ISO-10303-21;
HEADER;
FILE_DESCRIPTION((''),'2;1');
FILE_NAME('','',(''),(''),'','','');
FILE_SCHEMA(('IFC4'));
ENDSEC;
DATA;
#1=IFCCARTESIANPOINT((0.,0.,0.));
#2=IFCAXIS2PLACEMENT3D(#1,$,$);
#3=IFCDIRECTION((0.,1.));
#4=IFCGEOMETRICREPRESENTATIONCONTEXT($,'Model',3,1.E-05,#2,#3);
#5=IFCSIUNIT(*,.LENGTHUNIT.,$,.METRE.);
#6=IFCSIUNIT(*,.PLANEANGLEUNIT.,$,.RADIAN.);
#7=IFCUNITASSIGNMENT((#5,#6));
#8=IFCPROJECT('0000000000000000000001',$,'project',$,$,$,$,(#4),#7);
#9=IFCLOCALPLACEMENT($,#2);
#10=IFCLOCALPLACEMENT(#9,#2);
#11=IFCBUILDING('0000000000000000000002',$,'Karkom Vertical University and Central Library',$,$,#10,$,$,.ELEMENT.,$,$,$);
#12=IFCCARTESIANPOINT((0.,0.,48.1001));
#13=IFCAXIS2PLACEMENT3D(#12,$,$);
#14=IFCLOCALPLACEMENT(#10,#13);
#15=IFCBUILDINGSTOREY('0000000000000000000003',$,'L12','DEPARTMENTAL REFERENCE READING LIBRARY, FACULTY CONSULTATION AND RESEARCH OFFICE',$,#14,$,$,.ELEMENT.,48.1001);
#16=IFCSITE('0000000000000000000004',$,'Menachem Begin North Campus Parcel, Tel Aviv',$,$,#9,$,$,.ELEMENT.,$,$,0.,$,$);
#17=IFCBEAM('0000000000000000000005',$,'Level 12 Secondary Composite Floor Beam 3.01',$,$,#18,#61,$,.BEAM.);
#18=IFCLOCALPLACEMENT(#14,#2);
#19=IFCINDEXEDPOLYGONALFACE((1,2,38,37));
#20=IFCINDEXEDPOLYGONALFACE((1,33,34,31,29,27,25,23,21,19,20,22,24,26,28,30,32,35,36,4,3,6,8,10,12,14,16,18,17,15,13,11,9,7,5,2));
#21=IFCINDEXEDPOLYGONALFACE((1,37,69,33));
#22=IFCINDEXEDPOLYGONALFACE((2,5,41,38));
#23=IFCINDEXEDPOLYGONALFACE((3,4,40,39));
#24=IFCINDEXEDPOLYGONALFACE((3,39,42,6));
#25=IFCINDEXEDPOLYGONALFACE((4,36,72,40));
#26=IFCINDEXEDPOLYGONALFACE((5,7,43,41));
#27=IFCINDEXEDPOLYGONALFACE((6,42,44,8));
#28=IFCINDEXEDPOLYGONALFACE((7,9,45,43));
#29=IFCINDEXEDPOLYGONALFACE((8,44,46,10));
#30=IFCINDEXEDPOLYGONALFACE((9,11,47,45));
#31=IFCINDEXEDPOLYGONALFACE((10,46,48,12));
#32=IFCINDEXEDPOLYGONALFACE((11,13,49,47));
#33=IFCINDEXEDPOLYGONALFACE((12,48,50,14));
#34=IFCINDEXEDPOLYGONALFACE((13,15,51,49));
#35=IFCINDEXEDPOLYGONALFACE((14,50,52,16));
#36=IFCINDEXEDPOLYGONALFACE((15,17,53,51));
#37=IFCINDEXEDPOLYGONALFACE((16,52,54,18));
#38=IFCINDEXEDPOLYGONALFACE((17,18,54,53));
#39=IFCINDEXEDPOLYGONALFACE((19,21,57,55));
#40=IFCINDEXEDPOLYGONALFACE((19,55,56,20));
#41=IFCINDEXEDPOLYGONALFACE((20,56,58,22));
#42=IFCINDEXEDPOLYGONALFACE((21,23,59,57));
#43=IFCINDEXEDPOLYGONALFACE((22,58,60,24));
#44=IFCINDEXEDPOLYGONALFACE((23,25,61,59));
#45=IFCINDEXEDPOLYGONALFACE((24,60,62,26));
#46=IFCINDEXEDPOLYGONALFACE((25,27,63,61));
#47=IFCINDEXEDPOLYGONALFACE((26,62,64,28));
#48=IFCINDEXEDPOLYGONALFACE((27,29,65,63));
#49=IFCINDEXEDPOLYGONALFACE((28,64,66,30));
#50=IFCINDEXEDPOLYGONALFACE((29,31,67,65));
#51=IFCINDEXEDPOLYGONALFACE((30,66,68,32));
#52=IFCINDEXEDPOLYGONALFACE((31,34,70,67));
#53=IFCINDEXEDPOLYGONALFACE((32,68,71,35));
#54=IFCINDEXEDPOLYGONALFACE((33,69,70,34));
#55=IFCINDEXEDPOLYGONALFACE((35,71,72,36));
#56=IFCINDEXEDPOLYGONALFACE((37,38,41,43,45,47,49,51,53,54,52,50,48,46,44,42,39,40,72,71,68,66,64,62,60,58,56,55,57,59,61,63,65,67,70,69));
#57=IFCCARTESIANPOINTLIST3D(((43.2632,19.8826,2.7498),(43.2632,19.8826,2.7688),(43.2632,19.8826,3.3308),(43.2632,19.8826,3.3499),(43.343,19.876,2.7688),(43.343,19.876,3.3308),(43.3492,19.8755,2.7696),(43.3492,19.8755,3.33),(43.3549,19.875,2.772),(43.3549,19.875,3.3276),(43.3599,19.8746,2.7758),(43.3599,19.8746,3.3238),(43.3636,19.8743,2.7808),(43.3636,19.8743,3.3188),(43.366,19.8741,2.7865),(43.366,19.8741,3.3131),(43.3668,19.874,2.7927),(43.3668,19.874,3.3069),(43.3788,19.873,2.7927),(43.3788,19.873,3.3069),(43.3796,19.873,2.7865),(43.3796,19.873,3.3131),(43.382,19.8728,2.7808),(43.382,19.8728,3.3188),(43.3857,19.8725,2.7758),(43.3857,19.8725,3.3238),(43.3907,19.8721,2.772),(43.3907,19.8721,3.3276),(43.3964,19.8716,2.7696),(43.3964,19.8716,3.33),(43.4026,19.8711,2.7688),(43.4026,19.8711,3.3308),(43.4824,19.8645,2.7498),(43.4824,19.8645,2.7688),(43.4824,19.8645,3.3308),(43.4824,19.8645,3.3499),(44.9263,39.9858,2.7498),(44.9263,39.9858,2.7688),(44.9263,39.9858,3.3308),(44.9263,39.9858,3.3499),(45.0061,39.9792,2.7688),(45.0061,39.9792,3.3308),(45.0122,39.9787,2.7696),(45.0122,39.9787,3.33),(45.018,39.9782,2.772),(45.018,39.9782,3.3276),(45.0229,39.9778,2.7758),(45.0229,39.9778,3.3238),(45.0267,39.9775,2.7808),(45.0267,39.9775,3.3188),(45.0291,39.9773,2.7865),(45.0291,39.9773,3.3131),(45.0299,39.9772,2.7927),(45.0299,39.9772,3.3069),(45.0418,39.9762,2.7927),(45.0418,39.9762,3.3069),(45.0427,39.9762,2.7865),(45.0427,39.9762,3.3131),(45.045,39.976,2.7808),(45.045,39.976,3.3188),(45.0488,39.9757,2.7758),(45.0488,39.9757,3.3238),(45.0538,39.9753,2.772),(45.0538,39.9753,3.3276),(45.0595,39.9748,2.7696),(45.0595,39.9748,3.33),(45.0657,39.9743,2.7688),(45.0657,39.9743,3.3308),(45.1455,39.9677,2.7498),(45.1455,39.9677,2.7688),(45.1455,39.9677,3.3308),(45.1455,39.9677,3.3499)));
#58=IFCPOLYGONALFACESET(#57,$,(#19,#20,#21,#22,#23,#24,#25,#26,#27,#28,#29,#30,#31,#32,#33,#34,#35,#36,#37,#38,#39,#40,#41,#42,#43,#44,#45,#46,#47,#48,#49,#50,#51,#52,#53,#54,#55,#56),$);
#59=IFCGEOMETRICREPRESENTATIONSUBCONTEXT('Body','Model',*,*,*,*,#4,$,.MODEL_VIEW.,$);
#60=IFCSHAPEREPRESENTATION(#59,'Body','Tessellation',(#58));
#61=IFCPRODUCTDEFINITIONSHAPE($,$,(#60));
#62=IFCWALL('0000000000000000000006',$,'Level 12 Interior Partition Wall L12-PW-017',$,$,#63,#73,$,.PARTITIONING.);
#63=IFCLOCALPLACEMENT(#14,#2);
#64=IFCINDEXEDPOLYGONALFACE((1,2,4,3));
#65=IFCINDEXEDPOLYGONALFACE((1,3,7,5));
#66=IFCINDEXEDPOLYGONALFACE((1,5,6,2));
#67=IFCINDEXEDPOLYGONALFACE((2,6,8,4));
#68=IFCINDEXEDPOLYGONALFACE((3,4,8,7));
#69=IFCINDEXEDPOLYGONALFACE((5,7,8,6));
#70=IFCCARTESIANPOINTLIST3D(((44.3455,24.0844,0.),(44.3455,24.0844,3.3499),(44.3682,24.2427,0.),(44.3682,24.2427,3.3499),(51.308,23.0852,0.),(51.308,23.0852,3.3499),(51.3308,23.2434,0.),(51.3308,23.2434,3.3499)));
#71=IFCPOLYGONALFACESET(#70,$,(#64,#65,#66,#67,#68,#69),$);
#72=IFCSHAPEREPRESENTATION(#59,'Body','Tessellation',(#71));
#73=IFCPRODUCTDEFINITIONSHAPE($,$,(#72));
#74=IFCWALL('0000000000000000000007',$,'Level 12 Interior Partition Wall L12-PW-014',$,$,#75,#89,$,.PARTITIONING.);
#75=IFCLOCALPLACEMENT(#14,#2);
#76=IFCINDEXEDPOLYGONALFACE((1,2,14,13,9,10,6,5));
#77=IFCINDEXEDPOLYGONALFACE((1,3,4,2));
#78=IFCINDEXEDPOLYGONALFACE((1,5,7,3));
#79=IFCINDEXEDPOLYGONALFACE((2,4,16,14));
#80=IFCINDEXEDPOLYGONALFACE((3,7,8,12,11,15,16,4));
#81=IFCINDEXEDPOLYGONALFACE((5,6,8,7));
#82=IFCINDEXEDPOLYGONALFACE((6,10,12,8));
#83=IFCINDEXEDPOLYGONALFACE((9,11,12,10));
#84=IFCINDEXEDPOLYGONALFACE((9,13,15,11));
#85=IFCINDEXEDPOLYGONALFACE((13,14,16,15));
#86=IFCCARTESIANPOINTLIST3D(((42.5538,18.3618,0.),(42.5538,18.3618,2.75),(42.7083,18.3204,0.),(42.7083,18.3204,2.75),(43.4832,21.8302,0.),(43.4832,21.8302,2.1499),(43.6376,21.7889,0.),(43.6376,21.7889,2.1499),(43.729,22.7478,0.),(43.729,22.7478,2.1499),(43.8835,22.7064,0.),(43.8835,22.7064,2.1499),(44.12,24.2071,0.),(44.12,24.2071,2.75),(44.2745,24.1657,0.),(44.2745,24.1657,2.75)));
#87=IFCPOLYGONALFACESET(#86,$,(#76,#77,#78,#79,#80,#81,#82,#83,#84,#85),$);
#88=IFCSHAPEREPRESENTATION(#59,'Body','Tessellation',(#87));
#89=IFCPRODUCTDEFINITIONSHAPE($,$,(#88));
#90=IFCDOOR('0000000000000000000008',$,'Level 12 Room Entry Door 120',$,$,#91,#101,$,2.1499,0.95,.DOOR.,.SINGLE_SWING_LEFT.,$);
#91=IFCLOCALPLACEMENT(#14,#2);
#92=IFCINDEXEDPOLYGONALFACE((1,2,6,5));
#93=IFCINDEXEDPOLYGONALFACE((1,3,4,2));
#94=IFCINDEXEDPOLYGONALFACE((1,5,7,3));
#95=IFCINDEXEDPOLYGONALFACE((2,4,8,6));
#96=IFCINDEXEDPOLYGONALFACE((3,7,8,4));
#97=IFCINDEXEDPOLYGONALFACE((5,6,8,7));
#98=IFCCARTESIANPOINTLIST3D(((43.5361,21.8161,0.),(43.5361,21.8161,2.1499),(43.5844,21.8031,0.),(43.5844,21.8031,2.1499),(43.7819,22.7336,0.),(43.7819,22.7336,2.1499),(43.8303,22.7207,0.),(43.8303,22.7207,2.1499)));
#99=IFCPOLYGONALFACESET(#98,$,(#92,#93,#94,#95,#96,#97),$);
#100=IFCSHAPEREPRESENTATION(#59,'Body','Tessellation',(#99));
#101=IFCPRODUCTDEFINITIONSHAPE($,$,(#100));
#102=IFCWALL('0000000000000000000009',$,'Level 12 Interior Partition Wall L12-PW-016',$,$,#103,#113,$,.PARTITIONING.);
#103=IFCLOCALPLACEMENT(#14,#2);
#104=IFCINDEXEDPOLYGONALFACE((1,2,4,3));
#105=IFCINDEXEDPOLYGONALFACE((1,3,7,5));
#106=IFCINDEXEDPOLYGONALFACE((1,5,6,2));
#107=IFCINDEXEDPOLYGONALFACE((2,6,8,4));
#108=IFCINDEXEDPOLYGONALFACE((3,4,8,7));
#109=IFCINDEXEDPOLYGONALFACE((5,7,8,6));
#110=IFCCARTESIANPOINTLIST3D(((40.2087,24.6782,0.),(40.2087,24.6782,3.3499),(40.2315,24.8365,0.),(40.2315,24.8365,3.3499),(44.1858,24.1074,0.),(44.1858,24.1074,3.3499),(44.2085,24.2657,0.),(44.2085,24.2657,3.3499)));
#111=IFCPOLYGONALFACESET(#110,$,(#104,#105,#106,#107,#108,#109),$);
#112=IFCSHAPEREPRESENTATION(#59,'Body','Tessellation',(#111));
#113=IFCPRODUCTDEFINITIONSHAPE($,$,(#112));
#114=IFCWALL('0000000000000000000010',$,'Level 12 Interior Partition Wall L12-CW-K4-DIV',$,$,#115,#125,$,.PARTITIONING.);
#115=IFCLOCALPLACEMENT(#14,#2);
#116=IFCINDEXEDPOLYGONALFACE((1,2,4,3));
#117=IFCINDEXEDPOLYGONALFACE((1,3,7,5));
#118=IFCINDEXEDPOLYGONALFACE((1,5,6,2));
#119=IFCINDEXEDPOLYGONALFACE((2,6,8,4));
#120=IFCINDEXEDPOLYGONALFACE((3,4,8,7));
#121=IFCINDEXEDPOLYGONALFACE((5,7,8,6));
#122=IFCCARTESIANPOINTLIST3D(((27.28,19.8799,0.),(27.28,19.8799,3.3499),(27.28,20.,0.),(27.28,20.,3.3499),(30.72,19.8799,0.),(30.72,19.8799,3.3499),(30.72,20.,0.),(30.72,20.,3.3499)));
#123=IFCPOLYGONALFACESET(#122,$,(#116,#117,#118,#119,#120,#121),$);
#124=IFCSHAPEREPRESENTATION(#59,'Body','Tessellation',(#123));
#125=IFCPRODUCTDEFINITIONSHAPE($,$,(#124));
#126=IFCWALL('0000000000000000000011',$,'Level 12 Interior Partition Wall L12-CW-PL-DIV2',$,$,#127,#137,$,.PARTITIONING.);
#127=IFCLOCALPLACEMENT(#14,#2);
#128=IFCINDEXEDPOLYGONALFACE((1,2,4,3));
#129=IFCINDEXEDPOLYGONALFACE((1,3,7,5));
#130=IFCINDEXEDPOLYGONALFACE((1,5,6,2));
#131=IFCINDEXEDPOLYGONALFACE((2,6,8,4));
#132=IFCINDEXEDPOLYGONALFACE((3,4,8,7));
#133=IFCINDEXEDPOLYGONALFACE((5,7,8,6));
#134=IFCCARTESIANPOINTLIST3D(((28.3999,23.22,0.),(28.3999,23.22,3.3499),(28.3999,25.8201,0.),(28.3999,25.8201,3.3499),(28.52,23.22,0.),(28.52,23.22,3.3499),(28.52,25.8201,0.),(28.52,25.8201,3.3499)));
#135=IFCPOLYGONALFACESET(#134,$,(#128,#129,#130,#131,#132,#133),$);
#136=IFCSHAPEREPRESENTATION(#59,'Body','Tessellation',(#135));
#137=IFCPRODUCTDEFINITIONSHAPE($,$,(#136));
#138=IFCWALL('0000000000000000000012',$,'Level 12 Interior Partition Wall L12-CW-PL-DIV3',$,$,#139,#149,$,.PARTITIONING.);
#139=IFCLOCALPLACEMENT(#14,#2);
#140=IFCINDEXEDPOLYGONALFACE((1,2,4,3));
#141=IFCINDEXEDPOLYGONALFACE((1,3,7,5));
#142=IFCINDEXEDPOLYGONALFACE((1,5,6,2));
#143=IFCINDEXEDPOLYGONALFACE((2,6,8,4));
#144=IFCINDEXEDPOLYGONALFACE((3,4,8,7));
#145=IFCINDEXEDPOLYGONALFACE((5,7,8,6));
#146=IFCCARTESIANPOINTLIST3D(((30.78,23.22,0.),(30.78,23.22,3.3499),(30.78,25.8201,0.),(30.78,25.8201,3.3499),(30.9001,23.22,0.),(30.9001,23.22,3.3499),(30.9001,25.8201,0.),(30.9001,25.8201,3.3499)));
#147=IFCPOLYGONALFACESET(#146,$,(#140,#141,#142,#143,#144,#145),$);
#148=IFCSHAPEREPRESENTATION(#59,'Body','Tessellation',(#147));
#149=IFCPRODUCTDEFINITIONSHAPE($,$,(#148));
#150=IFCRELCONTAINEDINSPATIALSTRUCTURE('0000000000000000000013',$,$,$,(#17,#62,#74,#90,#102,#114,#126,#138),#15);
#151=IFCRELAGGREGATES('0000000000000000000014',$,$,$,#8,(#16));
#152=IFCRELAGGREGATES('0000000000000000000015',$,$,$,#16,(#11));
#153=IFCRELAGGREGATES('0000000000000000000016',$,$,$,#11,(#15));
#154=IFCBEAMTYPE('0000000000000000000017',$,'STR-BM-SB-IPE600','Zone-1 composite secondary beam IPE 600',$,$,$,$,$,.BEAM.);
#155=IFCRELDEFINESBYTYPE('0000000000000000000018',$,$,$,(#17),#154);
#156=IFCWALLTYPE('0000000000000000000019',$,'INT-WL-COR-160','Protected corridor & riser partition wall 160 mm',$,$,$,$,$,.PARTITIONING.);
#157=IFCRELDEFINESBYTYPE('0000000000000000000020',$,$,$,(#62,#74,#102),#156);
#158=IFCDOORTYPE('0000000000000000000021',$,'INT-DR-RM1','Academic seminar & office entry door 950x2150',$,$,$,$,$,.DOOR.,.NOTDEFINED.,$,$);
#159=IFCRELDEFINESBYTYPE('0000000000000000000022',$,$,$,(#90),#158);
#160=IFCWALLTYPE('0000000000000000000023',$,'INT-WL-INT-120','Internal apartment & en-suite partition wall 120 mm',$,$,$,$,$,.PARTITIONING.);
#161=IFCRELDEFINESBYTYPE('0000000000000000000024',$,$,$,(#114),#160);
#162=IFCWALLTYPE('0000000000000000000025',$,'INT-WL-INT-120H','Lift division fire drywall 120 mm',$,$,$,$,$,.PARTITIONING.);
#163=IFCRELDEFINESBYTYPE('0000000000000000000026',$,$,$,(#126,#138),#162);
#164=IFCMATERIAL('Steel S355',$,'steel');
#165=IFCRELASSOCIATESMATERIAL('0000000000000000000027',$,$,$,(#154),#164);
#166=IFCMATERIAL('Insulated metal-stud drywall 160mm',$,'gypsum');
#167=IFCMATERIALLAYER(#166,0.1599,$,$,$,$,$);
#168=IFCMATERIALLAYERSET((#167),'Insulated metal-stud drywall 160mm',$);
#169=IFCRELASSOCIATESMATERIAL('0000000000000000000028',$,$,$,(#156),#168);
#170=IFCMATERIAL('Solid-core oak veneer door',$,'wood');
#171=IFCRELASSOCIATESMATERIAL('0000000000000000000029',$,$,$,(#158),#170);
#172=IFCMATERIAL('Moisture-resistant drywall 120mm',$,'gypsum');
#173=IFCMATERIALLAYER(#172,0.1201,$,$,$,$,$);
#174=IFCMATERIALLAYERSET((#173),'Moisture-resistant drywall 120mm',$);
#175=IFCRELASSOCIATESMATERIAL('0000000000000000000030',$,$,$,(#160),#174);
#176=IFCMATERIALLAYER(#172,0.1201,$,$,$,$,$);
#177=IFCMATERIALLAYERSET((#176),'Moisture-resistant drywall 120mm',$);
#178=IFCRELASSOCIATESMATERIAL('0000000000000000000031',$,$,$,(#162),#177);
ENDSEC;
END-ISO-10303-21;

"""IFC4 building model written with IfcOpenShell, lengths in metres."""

from ifc_helpers import new_model, si_unit, direction, frame, frame_2d, origin, origin_with_axes, origin_2d, place, context, subcontext, project, spatial, rectangle, i_section, extrude, source, transform, mapped, material, layer, layer_set, material_profile, profile_set, type_object, element, fill, save


model = new_model("IFC4")

# Units and contexts
model_context = context("Model", 3, precision=1e-05, world=origin(), true_north=direction((0.0, 1.0)))
body_context = subcontext(model_context, "Body", "Model", "MODEL_VIEW")
ifc_project = project(units=[si_unit("LENGTHUNIT", "METRE"), si_unit("PLANEANGLEUNIT", "RADIAN")], contexts=[model_context])

# Site, building, storey
site_placement = place(None, origin())
site = spatial("IfcSite", under=ifc_project, at=site_placement, Name="Menachem Begin North Campus Parcel, Tel Aviv", CompositionType="ELEMENT", RefElevation=0.0)
building_placement = place(site_placement, origin())
building = spatial("IfcBuilding", under=site, at=building_placement, Name="Karkom Vertical University and Central Library", CompositionType="ELEMENT")
storey_placement = place(building_placement, frame((0.0, 0.0, 48.1001)))
storey = spatial("IfcBuildingStorey", under=building, at=storey_placement, Name="L12", Description="DEPARTMENTAL REFERENCE READING LIBRARY, FACULTY CONSULTATION AND RESEARCH OFFICE", CompositionType="ELEMENT", Elevation=48.1001)

# Beam
ifc_material_1 = material(Name="Steel S355", Category="steel")
ifc_material_profile_1 = material_profile(ifc_material_1, i_section(OverallWidth=0.22, OverallDepth=0.6001, WebThickness=0.012, FlangeThickness=0.019, FilletRadius=0.0239, at=origin_2d()), Name="IPE 600")
ifc_profile_set_1 = profile_set([ifc_material_profile_1], Name="Steel S355")
beam_type_1 = type_object("IfcBeamType", Name="STR-BM-SB-IPE600", Description="Zone-1 composite secondary beam IPE 600", PredefinedType="BEAM", material=ifc_profile_set_1)
shared_shape_1 = source(origin_with_axes(), body_context, "Body", "SweptSolid", [
    extrude(i_section(OverallWidth=0.22, OverallDepth=0.6001, WebThickness=0.012, FlangeThickness=0.019, FilletRadius=0.0239, at=origin_2d()), origin(), (0.0, 0.0, 1.0), 20.1719),
])
beam_1_placement = place(storey_placement, frame((43.3728, 19.8735, 3.0498), z_axis=(0.082445, 0.996596, 0.0), x_axis=(-0.996596, 0.082445, 0.0)))
element("IfcBeam", 1, at=beam_1_placement, inside=storey, type_object=beam_type_1, Name="Level 12 Secondary Composite Floor Beam 3.01", PredefinedType="BEAM", context=body_context, shape_type="MappedRepresentation", body=[
    mapped(shared_shape_1, transform((0.0, 0.0, 0.0), scale=1.0)),
])

# Wall
ifc_material_2 = material(Name="Insulated metal-stud drywall 160mm", Category="gypsum")
ifc_layer_1 = layer(ifc_material_2, 0.1599)
ifc_layer_set_1 = layer_set([ifc_layer_1], Name="Insulated metal-stud drywall 160mm")
wall_type_1 = type_object("IfcWallType", Name="INT-WL-COR-160", Description="Protected corridor & riser partition wall 160 mm", PredefinedType="PARTITIONING", material=ifc_layer_set_1)
wall_1_placement = place(storey_placement, frame((44.3567, 24.1636, 0.0), z_axis=(0.0, 0.0, 1.0), x_axis=(0.989858, -0.142063, 0.0)))
element("IfcWall", 2, at=wall_1_placement, inside=storey, type_object=wall_type_1, Name="Level 12 Interior Partition Wall L12-PW-017", PredefinedType="PARTITIONING", context=body_context, shape_type="SweptSolid", body=[
    extrude(rectangle(XDim=7.0339, YDim=0.1599, at=frame_2d((3.5171, 0.0))), origin(), (0.0, 0.0, 1.0), 3.3499),
])

# Wall, opening, door
wall_2_placement = place(storey_placement, frame((44.1973, 24.1865, 0.0), z_axis=(0.0, 0.0, 1.0), x_axis=(-0.25881, -0.965928, 0.0)))
wall_2 = element("IfcWall", 3, at=wall_2_placement, inside=storey, type_object=wall_type_1, Name="Level 12 Interior Partition Wall L12-PW-014", PredefinedType="PARTITIONING", context=body_context, shape_type="SweptSolid", body=[
    extrude(rectangle(XDim=6.0515, YDim=0.1599, at=frame_2d((3.0259, 0.0))), origin(), (0.0, 0.0, 1.0), 2.75),
])
opening_1_placement = place(wall_2_placement, frame((1.5107, 0.0, 0.0)))
opening_1 = element("IfcOpeningElement", 4, at=opening_1_placement, cuts=wall_2, PredefinedType="OPENING", context=body_context, shape_type="SweptSolid", body=[
    extrude(rectangle(XDim=0.95, YDim=2.1499, at=frame_2d((0.4751, 1.075))), frame((0.0, 0.0898, 0.0), z_axis=(0.0, -1.0, 0.0), x_axis=(1.0, 0.0, 0.0)), (0.0, 0.0, 1.0), 0.1799),
])
ifc_material_3 = material(Name="Solid-core oak veneer door", Category="wood")
door_type_1 = type_object("IfcDoorType", Name="INT-DR-RM1", Description="Academic seminar & office entry door 950x2150", OperationType="NOTDEFINED", PredefinedType="DOOR", material=ifc_material_3)
shared_shape_2 = source(origin_with_axes(), body_context, "Body", "SweptSolid", [
    extrude(rectangle(XDim=0.95, YDim=2.1499, at=frame_2d((0.4751, 1.075))), frame((0.0, 0.0249, 0.0), z_axis=(0.0, -1.0, 0.0), x_axis=(1.0, 0.0, 0.0)), (0.0, 0.0, 1.0), 0.05),
])
door_1_placement = place(opening_1_placement, origin())
door_1 = element("IfcDoor", 5, at=door_1_placement, inside=storey, type_object=door_type_1, Name="Level 12 Room Entry Door 120", OperationType="SINGLE_SWING_LEFT", OverallHeight=2.1499, OverallWidth=0.95, PredefinedType="DOOR", context=body_context, shape_type="MappedRepresentation", body=[
    mapped(shared_shape_2, transform((0.0, 0.0, 0.0), scale=1.0)),
])
fill(opening_1, door_1)

# Walls
wall_3_placement = place(storey_placement, frame((40.2202, 24.7573, 0.0), z_axis=(0.0, 0.0, 1.0), x_axis=(0.989857, -0.142068, 0.0)))
element("IfcWall", 6, at=wall_3_placement, inside=storey, type_object=wall_type_1, Name="Level 12 Interior Partition Wall L12-PW-016", PredefinedType="PARTITIONING", context=body_context, shape_type="SweptSolid", body=[
    extrude(rectangle(XDim=4.0178, YDim=0.1599, at=frame_2d((2.0088, 0.0))), origin(), (0.0, 0.0, 1.0), 3.3499),
])
ifc_material_4 = material(Name="Moisture-resistant drywall 120mm", Category="gypsum")
ifc_layer_2 = layer(ifc_material_4, 0.1201)
ifc_layer_set_2 = layer_set([ifc_layer_2], Name="Moisture-resistant drywall 120mm")
wall_type_2 = type_object("IfcWallType", Name="INT-WL-INT-120", Description="Internal apartment & en-suite partition wall 120 mm", PredefinedType="PARTITIONING", material=ifc_layer_set_2)
wall_4_placement = place(storey_placement, frame((27.28, 19.9399, 0.0), z_axis=(0.0, 0.0, 1.0), x_axis=(1.0, 0.0, 0.0)))
element("IfcWall", 7, at=wall_4_placement, inside=storey, type_object=wall_type_2, Name="Level 12 Interior Partition Wall L12-CW-K4-DIV", PredefinedType="PARTITIONING", context=body_context, shape_type="SweptSolid", body=[
    extrude(rectangle(XDim=3.4399, YDim=0.1201, at=frame_2d((1.72, 0.0))), origin(), (0.0, 0.0, 1.0), 3.3499),
])
ifc_layer_3 = layer(ifc_material_4, 0.1201)
ifc_layer_set_3 = layer_set([ifc_layer_3], Name="Moisture-resistant drywall 120mm")
wall_type_3 = type_object("IfcWallType", Name="INT-WL-INT-120H", Description="Lift division fire drywall 120 mm", PredefinedType="PARTITIONING", material=ifc_layer_set_3)
for number, where, z_axis, x_axis, name in (
    (8, (28.46, 23.22, 0.0), (0.0, 0.0, 1.0), (0.0, 1.0, 0.0), "Level 12 Interior Partition Wall L12-CW-PL-DIV2"),
    (9, (30.8401, 23.22, 0.0), (0.0, 0.0, 1.0), (0.0, 1.0, 0.0), "Level 12 Interior Partition Wall L12-CW-PL-DIV3"),
):
    element("IfcWall", number, at=place(storey_placement, frame(where, z_axis=z_axis, x_axis=x_axis)), inside=storey, type_object=wall_type_3, Name=name, PredefinedType="PARTITIONING", context=body_context, shape_type="SweptSolid", body=[
        extrude(rectangle(XDim=2.6001, YDim=0.1201, at=frame_2d((1.3, 0.0))), origin(), (0.0, 0.0, 1.0), 3.3499),
    ])

save(model, "model.ifc")
